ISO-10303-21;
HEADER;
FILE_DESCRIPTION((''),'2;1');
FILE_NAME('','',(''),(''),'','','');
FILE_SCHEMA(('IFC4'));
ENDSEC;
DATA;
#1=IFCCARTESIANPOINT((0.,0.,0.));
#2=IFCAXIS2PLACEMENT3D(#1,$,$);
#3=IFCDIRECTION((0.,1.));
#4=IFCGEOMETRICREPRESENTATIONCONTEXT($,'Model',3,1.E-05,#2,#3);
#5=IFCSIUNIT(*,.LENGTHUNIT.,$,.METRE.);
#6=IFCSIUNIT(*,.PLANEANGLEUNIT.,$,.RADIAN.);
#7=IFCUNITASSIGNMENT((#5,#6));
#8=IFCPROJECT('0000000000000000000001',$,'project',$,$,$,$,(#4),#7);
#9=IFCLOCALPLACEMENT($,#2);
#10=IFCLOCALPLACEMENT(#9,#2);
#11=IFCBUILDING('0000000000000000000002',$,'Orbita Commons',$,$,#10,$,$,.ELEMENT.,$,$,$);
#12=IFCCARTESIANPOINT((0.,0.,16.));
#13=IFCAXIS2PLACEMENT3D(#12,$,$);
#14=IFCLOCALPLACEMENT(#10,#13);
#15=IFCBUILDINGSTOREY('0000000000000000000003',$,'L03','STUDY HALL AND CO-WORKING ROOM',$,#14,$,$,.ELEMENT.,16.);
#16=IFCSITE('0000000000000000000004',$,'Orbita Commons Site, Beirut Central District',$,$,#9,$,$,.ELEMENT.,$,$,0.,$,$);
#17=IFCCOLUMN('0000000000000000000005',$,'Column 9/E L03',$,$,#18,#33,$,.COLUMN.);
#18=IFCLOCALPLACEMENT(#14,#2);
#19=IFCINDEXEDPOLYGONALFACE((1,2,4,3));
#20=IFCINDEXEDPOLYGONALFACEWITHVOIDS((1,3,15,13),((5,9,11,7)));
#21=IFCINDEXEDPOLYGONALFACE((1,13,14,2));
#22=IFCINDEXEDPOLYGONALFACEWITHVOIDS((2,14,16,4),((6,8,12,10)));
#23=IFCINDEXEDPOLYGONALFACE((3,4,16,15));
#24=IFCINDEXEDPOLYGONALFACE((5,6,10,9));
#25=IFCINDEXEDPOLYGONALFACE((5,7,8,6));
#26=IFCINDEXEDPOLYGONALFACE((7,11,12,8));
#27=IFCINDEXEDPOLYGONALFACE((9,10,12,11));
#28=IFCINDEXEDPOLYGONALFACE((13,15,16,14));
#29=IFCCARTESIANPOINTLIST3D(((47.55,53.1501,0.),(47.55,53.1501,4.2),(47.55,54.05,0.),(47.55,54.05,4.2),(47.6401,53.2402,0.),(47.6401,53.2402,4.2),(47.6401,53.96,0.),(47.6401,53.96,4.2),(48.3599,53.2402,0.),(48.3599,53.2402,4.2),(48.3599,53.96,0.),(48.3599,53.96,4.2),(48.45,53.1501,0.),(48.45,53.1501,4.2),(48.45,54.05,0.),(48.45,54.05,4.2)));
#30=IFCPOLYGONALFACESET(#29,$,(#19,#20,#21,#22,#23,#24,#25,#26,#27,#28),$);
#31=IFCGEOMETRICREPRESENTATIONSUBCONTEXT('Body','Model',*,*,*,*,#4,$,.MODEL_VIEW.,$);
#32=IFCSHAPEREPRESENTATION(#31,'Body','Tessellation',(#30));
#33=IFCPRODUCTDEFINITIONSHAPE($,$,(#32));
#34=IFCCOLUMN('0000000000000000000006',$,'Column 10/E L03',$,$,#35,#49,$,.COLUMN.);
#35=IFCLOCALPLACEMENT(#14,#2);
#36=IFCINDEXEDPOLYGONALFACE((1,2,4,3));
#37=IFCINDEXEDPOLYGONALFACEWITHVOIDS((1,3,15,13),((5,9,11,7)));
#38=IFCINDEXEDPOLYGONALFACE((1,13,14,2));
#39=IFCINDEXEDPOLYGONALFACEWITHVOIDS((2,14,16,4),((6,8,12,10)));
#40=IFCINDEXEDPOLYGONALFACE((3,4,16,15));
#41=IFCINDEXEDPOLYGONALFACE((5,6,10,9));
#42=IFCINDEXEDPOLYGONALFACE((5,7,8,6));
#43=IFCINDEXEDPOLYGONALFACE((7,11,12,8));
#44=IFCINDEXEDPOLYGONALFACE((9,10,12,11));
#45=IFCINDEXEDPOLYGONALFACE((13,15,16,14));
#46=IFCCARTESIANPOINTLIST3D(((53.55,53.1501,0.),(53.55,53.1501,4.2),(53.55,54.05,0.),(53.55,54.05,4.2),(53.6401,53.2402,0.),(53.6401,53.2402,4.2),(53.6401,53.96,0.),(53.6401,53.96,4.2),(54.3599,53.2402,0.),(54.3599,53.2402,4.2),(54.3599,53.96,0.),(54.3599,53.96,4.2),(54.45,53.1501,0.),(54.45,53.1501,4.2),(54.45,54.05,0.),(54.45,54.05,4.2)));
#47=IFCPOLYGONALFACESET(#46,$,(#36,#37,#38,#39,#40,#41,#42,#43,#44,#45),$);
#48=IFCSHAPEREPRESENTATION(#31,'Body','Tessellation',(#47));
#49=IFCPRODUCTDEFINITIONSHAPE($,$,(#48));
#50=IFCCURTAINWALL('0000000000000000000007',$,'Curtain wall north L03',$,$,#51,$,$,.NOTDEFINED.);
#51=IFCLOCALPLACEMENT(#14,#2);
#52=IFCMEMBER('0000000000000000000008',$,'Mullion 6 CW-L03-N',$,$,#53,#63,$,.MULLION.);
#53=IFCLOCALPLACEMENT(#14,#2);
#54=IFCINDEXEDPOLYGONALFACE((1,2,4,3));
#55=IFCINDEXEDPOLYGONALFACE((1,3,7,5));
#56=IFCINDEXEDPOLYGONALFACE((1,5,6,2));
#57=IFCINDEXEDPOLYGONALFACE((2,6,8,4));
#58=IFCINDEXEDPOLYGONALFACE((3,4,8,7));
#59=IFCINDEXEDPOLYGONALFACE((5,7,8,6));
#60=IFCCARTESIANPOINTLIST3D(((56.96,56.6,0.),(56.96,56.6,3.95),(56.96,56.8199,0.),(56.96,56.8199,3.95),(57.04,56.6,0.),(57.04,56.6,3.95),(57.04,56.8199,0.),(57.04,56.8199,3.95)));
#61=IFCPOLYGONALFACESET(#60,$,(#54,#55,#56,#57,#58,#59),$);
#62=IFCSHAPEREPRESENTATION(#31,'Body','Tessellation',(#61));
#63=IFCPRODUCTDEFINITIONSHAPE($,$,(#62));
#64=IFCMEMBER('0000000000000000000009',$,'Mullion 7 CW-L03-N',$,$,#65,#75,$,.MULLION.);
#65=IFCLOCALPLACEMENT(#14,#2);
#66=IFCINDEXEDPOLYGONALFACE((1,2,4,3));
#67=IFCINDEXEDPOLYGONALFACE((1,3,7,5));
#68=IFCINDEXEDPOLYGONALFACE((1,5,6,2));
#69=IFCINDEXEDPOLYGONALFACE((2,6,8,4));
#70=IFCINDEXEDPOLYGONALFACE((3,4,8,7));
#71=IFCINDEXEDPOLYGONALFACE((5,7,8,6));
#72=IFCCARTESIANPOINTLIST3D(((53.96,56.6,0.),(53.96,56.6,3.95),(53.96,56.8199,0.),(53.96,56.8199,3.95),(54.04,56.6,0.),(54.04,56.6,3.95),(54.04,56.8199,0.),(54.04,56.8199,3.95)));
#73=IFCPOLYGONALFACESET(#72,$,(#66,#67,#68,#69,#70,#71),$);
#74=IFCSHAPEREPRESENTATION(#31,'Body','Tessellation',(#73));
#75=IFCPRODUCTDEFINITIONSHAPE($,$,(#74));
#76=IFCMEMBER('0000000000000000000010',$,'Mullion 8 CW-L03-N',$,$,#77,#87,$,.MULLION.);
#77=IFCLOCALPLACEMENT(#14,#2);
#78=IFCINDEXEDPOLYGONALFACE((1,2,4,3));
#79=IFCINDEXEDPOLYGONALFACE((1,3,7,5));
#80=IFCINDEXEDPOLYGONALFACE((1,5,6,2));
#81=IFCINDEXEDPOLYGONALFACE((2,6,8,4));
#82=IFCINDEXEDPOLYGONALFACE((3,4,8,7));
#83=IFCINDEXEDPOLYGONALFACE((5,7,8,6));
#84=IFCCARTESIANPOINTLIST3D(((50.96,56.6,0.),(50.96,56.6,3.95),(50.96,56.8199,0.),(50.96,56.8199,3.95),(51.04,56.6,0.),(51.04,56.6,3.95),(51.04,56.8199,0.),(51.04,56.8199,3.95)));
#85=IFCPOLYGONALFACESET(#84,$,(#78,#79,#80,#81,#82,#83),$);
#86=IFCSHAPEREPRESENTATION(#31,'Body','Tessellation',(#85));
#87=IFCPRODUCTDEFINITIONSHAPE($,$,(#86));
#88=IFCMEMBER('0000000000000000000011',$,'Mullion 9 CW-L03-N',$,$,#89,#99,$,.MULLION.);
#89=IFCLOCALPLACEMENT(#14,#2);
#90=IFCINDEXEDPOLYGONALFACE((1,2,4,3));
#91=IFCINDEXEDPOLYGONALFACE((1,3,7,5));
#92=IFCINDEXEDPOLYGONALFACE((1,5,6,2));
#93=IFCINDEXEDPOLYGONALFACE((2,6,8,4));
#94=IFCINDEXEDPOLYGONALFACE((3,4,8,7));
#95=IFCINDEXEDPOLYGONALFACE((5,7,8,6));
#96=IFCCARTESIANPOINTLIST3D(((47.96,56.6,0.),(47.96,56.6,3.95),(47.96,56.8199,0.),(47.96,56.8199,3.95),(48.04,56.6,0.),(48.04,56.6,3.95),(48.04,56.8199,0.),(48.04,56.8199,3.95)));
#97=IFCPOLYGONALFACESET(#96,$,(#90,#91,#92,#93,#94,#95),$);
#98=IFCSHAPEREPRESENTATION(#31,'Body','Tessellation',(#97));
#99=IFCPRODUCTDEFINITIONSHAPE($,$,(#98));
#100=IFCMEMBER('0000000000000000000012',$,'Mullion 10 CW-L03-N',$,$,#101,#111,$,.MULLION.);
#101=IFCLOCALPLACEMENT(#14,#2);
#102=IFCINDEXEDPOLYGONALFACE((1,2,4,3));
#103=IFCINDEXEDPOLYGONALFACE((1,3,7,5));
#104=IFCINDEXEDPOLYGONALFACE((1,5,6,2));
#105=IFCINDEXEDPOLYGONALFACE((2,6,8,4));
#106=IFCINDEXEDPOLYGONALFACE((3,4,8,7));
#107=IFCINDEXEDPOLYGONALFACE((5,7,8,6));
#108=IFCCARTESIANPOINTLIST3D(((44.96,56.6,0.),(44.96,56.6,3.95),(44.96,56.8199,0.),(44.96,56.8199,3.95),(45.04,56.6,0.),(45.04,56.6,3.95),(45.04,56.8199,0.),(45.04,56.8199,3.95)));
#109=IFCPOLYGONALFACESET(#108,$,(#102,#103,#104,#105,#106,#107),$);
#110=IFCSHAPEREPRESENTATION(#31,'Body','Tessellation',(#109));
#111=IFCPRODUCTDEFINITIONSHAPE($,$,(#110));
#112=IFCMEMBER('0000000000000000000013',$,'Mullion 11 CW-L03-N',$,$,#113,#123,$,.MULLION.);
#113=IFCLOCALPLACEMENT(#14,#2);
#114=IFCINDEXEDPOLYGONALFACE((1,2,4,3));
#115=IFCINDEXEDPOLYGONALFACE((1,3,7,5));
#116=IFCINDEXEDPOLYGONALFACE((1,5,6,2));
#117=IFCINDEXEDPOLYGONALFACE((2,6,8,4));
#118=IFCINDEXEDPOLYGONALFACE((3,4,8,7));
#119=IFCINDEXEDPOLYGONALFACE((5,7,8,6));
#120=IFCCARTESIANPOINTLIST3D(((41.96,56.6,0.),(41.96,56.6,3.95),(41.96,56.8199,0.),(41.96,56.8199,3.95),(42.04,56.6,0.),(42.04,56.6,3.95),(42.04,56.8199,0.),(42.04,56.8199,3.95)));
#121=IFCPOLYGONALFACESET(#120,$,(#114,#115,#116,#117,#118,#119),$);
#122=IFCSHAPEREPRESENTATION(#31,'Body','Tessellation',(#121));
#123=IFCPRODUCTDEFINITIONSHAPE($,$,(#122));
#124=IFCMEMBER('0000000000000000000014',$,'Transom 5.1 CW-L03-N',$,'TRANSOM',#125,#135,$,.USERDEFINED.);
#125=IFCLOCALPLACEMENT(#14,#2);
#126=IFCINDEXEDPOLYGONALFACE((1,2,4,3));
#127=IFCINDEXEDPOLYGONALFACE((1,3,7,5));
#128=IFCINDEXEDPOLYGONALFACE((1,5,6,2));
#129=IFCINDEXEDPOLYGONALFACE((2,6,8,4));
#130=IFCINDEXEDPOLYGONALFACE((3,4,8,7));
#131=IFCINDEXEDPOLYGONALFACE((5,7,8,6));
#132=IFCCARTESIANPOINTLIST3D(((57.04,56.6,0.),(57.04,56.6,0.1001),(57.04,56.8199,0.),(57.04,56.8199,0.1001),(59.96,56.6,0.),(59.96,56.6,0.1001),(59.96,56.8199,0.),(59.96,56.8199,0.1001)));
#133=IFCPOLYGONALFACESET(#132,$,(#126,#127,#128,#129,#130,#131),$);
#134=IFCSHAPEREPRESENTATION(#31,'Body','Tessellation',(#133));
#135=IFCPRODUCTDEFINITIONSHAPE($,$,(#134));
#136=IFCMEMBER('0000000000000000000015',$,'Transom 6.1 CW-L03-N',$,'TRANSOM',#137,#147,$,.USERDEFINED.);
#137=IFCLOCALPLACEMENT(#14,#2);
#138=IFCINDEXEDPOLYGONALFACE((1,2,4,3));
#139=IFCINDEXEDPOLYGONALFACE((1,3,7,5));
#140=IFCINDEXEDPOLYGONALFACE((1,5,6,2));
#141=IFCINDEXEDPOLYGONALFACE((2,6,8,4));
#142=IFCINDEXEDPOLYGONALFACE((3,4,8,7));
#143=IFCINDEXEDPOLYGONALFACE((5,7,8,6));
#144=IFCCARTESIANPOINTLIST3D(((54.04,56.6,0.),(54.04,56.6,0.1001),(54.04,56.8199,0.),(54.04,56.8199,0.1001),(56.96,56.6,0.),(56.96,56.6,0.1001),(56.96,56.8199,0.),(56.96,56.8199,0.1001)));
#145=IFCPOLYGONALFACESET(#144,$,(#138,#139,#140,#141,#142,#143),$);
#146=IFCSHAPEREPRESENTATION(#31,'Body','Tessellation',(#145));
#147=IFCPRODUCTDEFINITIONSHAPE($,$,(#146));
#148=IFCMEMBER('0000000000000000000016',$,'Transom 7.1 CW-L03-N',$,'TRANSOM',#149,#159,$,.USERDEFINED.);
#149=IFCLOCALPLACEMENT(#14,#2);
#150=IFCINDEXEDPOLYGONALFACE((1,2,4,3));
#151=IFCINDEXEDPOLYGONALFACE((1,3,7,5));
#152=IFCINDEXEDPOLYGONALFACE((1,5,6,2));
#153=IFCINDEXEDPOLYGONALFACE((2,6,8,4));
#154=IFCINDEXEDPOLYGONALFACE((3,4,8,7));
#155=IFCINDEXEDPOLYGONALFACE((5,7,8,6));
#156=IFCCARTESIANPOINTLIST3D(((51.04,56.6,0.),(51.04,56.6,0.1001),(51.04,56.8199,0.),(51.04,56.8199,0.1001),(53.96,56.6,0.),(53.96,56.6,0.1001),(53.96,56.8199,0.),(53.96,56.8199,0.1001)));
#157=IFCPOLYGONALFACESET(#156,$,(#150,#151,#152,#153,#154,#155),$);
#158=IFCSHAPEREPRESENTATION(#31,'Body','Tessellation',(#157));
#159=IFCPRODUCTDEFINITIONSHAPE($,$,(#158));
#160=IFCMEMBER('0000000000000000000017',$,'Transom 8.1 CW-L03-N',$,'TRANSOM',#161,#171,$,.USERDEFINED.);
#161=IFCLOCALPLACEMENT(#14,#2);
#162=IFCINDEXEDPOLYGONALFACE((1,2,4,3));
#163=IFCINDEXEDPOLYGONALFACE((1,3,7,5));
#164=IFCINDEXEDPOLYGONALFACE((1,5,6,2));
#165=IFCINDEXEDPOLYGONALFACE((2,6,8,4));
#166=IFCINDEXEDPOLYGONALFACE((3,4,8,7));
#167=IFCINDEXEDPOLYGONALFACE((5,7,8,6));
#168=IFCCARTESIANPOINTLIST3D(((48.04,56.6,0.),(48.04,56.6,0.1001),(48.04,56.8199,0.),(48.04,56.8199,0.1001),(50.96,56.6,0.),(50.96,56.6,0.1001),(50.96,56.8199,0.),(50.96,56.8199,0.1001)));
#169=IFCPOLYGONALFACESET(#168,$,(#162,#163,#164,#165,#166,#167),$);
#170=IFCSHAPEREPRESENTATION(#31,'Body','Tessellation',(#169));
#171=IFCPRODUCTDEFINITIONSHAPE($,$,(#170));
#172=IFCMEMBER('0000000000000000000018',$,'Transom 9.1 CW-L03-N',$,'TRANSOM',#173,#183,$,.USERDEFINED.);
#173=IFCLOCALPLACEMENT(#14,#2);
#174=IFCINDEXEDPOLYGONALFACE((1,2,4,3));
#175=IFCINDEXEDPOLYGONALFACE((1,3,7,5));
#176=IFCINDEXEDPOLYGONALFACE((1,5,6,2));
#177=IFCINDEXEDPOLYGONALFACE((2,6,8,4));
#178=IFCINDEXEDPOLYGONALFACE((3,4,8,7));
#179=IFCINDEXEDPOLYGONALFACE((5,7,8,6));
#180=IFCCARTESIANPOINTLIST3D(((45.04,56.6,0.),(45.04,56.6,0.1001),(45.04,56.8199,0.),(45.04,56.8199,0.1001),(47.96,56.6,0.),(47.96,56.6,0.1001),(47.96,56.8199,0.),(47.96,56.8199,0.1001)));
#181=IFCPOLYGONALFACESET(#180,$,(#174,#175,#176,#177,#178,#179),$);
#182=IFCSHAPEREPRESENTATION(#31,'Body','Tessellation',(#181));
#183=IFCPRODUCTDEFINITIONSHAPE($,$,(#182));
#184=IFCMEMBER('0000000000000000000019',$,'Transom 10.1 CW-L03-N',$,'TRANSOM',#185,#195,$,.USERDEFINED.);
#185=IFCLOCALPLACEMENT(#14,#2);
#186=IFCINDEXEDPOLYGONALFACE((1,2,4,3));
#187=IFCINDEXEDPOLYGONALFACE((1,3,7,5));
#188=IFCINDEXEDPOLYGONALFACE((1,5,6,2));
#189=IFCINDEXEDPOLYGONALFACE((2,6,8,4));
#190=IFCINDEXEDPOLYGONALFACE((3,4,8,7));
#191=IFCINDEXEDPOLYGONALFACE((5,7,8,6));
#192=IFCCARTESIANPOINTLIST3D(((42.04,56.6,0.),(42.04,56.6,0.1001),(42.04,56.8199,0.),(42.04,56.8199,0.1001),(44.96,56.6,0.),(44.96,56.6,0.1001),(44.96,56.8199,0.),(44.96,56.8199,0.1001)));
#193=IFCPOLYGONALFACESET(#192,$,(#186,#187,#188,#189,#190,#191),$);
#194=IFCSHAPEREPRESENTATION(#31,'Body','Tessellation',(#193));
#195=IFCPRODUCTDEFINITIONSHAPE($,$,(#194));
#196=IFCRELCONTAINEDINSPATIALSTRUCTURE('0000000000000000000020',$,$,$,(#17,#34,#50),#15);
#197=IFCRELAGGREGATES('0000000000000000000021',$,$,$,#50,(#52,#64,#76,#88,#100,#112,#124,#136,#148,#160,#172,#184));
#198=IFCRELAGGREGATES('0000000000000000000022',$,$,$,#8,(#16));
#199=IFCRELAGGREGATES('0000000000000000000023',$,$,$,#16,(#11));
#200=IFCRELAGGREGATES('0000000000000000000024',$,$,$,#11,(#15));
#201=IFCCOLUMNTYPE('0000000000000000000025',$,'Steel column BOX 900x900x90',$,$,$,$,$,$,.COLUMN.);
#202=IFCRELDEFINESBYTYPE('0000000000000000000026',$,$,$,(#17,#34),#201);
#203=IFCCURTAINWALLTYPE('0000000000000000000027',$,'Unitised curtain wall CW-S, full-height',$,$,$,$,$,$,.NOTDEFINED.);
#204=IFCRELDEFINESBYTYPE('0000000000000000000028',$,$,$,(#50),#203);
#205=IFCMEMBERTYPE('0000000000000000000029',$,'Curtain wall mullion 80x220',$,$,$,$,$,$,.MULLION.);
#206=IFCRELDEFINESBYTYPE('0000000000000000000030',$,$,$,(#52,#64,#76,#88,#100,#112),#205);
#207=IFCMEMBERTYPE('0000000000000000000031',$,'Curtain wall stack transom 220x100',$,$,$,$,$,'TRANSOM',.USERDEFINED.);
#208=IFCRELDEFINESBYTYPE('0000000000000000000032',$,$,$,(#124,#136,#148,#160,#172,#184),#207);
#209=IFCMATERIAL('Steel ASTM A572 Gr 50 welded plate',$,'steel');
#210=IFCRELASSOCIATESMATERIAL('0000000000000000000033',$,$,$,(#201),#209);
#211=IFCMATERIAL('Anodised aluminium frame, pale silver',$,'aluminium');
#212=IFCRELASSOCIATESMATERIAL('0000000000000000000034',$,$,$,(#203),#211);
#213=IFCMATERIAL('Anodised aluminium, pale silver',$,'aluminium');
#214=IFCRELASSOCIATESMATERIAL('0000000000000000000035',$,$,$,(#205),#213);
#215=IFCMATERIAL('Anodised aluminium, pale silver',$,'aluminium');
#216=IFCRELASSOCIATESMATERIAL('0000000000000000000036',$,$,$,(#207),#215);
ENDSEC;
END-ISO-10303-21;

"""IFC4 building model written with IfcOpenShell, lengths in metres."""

from ifc_helpers import new_model, si_unit, direction, frame, origin, origin_2d, place, context, subcontext, project, spatial, rectangle, hollow_rectangle, extrude, material, material_profile, profile_set, type_object, element, aggregate, save


model = new_model("IFC4")

# Units and contexts
model_context = context("Model", 3, precision=1e-05, world=origin(), true_north=direction((0.0, 1.0)))
body_context = subcontext(model_context, "Body", "Model", "MODEL_VIEW")
ifc_project = project(units=[si_unit("LENGTHUNIT", "METRE"), si_unit("PLANEANGLEUNIT", "RADIAN")], contexts=[model_context])

# Site, building, storey
site_placement = place(None, origin())
site = spatial("IfcSite", under=ifc_project, at=site_placement, Name="Orbita Commons Site, Beirut Central District", CompositionType="ELEMENT", RefElevation=0.0)
building_placement = place(site_placement, origin())
building = spatial("IfcBuilding", under=site, at=building_placement, Name="Orbita Commons", CompositionType="ELEMENT")
storey_placement = place(building_placement, frame((0.0, 0.0, 16.0)))
storey = spatial("IfcBuildingStorey", under=building, at=storey_placement, Name="L03", Description="STUDY HALL AND CO-WORKING ROOM", CompositionType="ELEMENT", Elevation=16.0)

# Columns
ifc_material_1 = material(Name="Steel ASTM A572 Gr 50 welded plate", Category="steel")
ifc_material_profile_1 = material_profile(ifc_material_1, hollow_rectangle(XDim=0.8999, YDim=0.8999, WallThickness=0.0901, at=origin_2d()), Name="BOX 900x900x90")
ifc_profile_set_1 = profile_set([ifc_material_profile_1], Name="Steel ASTM A572 Gr 50 welded plate")
column_type = type_object("IfcColumnType", Name="Steel column BOX 900x900x90", PredefinedType="COLUMN", material=ifc_profile_set_1)
for number, where, z_axis, x_axis, name in (
    (1, (48.0, 53.6001, 0.0), (0.0, 0.0, 1.0), (1.0, 0.0, 0.0), "Column 9/E L03"),
    (2, (54.0, 53.6001, 0.0), (0.0, 0.0, 1.0), (1.0, 0.0, 0.0), "Column 10/E L03"),
):
    element("IfcColumn", number, at=place(storey_placement, frame(where, z_axis=z_axis, x_axis=x_axis)), inside=storey, type_object=column_type, Name=name, PredefinedType="COLUMN", context=body_context, shape_type="SweptSolid", body=[
        extrude(hollow_rectangle(XDim=0.8999, YDim=0.8999, WallThickness=0.0901, at=origin_2d()), origin(), (0.0, 0.0, 1.0), 4.2),
    ])

# Curtain wall, members
ifc_material_2 = material(Name="Anodised aluminium frame, pale silver", Category="aluminium")
curtain_wall_type = type_object("IfcCurtainWallType", Name="Unitised curtain wall CW-S, full-height", PredefinedType="NOTDEFINED", material=ifc_material_2)
curtain_wall_placement = place(storey_placement, origin())
curtain_wall = element("IfcCurtainWall", 3, at=curtain_wall_placement, inside=storey, type_object=curtain_wall_type, Name="Curtain wall north L03", PredefinedType="NOTDEFINED")
ifc_material_3 = material(Name="Anodised aluminium, pale silver", Category="aluminium")
ifc_material_profile_2 = material_profile(ifc_material_3, rectangle(XDim=0.0801, YDim=0.22, at=origin_2d()), Name="AL 80x220")
ifc_profile_set_2 = profile_set([ifc_material_profile_2], Name="Anodised aluminium, pale silver")
member_type_1 = type_object("IfcMemberType", Name="Curtain wall mullion 80x220", PredefinedType="MULLION", material=ifc_profile_set_2)
member_1_placement = place(storey_placement, frame((57.0, 56.71, 0.0), z_axis=(0.0, 0.0, 1.0), x_axis=(-1.0, 0.0, 0.0)))
member_1 = element("IfcMember", 4, at=member_1_placement, type_object=member_type_1, Name="Mullion 6 CW-L03-N", PredefinedType="MULLION", context=body_context, shape_type="SweptSolid", body=[
    extrude(rectangle(XDim=0.0801, YDim=0.22, at=origin_2d()), origin(), (0.0, 0.0, 1.0), 3.95),
])
member_2_placement = place(storey_placement, frame((54.0, 56.71, 0.0), z_axis=(0.0, 0.0, 1.0), x_axis=(-1.0, 0.0, 0.0)))
member_2 = element("IfcMember", 5, at=member_2_placement, type_object=member_type_1, Name="Mullion 7 CW-L03-N", PredefinedType="MULLION", context=body_context, shape_type="SweptSolid", body=[
    extrude(rectangle(XDim=0.0801, YDim=0.22, at=origin_2d()), origin(), (0.0, 0.0, 1.0), 3.95),
])
member_3_placement = place(storey_placement, frame((51.0, 56.71, 0.0), z_axis=(0.0, 0.0, 1.0), x_axis=(-1.0, 0.0, 0.0)))
member_3 = element("IfcMember", 6, at=member_3_placement, type_object=member_type_1, Name="Mullion 8 CW-L03-N", PredefinedType="MULLION", context=body_context, shape_type="SweptSolid", body=[
    extrude(rectangle(XDim=0.0801, YDim=0.22, at=origin_2d()), origin(), (0.0, 0.0, 1.0), 3.95),
])
member_4_placement = place(storey_placement, frame((48.0, 56.71, 0.0), z_axis=(0.0, 0.0, 1.0), x_axis=(-1.0, 0.0, 0.0)))
member_4 = element("IfcMember", 7, at=member_4_placement, type_object=member_type_1, Name="Mullion 9 CW-L03-N", PredefinedType="MULLION", context=body_context, shape_type="SweptSolid", body=[
    extrude(rectangle(XDim=0.0801, YDim=0.22, at=origin_2d()), origin(), (0.0, 0.0, 1.0), 3.95),
])
member_5_placement = place(storey_placement, frame((45.0, 56.71, 0.0), z_axis=(0.0, 0.0, 1.0), x_axis=(-1.0, 0.0, 0.0)))
member_5 = element("IfcMember", 8, at=member_5_placement, type_object=member_type_1, Name="Mullion 10 CW-L03-N", PredefinedType="MULLION", context=body_context, shape_type="SweptSolid", body=[
    extrude(rectangle(XDim=0.0801, YDim=0.22, at=origin_2d()), origin(), (0.0, 0.0, 1.0), 3.95),
])
member_6_placement = place(storey_placement, frame((42.0, 56.71, 0.0), z_axis=(0.0, 0.0, 1.0), x_axis=(-1.0, 0.0, 0.0)))
member_6 = element("IfcMember", 9, at=member_6_placement, type_object=member_type_1, Name="Mullion 11 CW-L03-N", PredefinedType="MULLION", context=body_context, shape_type="SweptSolid", body=[
    extrude(rectangle(XDim=0.0801, YDim=0.22, at=origin_2d()), origin(), (0.0, 0.0, 1.0), 3.95),
])
ifc_material_4 = material(Name="Anodised aluminium, pale silver", Category="aluminium")
ifc_material_profile_3 = material_profile(ifc_material_4, rectangle(XDim=0.22, YDim=0.1001, at=origin_2d()), Name="AL 220x100")
ifc_profile_set_3 = profile_set([ifc_material_profile_3], Name="Anodised aluminium, pale silver")
member_type_2 = type_object("IfcMemberType", Name="Curtain wall stack transom 220x100", ElementType="TRANSOM", PredefinedType="USERDEFINED", material=ifc_profile_set_3)
member_7_placement = place(storey_placement, frame((59.96, 56.71, 0.05), z_axis=(-1.0, 0.0, 0.0), x_axis=(0.0, -1.0, 0.0)))
member_7 = element("IfcMember", 10, at=member_7_placement, type_object=member_type_2, Name="Transom 5.1 CW-L03-N", ObjectType="TRANSOM", PredefinedType="USERDEFINED", context=body_context, shape_type="SweptSolid", body=[
    extrude(rectangle(XDim=0.22, YDim=0.1001, at=origin_2d()), origin(), (0.0, 0.0, 1.0), 2.9199),
])
member_8_placement = place(storey_placement, frame((56.96, 56.71, 0.05), z_axis=(-1.0, 0.0, 0.0), x_axis=(0.0, -1.0, 0.0)))
member_8 = element("IfcMember", 11, at=member_8_placement, type_object=member_type_2, Name="Transom 6.1 CW-L03-N", ObjectType="TRANSOM", PredefinedType="USERDEFINED", context=body_context, shape_type="SweptSolid", body=[
    extrude(rectangle(XDim=0.22, YDim=0.1001, at=origin_2d()), origin(), (0.0, 0.0, 1.0), 2.9199),
])
member_9_placement = place(storey_placement, frame((53.96, 56.71, 0.05), z_axis=(-1.0, 0.0, 0.0), x_axis=(0.0, -1.0, 0.0)))
member_9 = element("IfcMember", 12, at=member_9_placement, type_object=member_type_2, Name="Transom 7.1 CW-L03-N", ObjectType="TRANSOM", PredefinedType="USERDEFINED", context=body_context, shape_type="SweptSolid", body=[
    extrude(rectangle(XDim=0.22, YDim=0.1001, at=origin_2d()), origin(), (0.0, 0.0, 1.0), 2.9199),
])
member_10_placement = place(storey_placement, frame((50.96, 56.71, 0.05), z_axis=(-1.0, 0.0, 0.0), x_axis=(0.0, -1.0, 0.0)))
member_10 = element("IfcMember", 13, at=member_10_placement, type_object=member_type_2, Name="Transom 8.1 CW-L03-N", ObjectType="TRANSOM", PredefinedType="USERDEFINED", context=body_context, shape_type="SweptSolid", body=[
    extrude(rectangle(XDim=0.22, YDim=0.1001, at=origin_2d()), origin(), (0.0, 0.0, 1.0), 2.9199),
])
member_11_placement = place(storey_placement, frame((47.96, 56.71, 0.05), z_axis=(-1.0, 0.0, 0.0), x_axis=(0.0, -1.0, 0.0)))
member_11 = element("IfcMember", 14, at=member_11_placement, type_object=member_type_2, Name="Transom 9.1 CW-L03-N", ObjectType="TRANSOM", PredefinedType="USERDEFINED", context=body_context, shape_type="SweptSolid", body=[
    extrude(rectangle(XDim=0.22, YDim=0.1001, at=origin_2d()), origin(), (0.0, 0.0, 1.0), 2.9199),
])
member_12_placement = place(storey_placement, frame((44.96, 56.71, 0.05), z_axis=(-1.0, 0.0, 0.0), x_axis=(0.0, -1.0, 0.0)))
member_12 = element("IfcMember", 15, at=member_12_placement, type_object=member_type_2, Name="Transom 10.1 CW-L03-N", ObjectType="TRANSOM", PredefinedType="USERDEFINED", context=body_context, shape_type="SweptSolid", body=[
    extrude(rectangle(XDim=0.22, YDim=0.1001, at=origin_2d()), origin(), (0.0, 0.0, 1.0), 2.9199),
])

aggregate(curtain_wall, [member_1, member_2, member_3, member_4, member_5, member_6, member_7, member_8, member_9, member_10, member_11, member_12])

save(model, "model.ifc")
